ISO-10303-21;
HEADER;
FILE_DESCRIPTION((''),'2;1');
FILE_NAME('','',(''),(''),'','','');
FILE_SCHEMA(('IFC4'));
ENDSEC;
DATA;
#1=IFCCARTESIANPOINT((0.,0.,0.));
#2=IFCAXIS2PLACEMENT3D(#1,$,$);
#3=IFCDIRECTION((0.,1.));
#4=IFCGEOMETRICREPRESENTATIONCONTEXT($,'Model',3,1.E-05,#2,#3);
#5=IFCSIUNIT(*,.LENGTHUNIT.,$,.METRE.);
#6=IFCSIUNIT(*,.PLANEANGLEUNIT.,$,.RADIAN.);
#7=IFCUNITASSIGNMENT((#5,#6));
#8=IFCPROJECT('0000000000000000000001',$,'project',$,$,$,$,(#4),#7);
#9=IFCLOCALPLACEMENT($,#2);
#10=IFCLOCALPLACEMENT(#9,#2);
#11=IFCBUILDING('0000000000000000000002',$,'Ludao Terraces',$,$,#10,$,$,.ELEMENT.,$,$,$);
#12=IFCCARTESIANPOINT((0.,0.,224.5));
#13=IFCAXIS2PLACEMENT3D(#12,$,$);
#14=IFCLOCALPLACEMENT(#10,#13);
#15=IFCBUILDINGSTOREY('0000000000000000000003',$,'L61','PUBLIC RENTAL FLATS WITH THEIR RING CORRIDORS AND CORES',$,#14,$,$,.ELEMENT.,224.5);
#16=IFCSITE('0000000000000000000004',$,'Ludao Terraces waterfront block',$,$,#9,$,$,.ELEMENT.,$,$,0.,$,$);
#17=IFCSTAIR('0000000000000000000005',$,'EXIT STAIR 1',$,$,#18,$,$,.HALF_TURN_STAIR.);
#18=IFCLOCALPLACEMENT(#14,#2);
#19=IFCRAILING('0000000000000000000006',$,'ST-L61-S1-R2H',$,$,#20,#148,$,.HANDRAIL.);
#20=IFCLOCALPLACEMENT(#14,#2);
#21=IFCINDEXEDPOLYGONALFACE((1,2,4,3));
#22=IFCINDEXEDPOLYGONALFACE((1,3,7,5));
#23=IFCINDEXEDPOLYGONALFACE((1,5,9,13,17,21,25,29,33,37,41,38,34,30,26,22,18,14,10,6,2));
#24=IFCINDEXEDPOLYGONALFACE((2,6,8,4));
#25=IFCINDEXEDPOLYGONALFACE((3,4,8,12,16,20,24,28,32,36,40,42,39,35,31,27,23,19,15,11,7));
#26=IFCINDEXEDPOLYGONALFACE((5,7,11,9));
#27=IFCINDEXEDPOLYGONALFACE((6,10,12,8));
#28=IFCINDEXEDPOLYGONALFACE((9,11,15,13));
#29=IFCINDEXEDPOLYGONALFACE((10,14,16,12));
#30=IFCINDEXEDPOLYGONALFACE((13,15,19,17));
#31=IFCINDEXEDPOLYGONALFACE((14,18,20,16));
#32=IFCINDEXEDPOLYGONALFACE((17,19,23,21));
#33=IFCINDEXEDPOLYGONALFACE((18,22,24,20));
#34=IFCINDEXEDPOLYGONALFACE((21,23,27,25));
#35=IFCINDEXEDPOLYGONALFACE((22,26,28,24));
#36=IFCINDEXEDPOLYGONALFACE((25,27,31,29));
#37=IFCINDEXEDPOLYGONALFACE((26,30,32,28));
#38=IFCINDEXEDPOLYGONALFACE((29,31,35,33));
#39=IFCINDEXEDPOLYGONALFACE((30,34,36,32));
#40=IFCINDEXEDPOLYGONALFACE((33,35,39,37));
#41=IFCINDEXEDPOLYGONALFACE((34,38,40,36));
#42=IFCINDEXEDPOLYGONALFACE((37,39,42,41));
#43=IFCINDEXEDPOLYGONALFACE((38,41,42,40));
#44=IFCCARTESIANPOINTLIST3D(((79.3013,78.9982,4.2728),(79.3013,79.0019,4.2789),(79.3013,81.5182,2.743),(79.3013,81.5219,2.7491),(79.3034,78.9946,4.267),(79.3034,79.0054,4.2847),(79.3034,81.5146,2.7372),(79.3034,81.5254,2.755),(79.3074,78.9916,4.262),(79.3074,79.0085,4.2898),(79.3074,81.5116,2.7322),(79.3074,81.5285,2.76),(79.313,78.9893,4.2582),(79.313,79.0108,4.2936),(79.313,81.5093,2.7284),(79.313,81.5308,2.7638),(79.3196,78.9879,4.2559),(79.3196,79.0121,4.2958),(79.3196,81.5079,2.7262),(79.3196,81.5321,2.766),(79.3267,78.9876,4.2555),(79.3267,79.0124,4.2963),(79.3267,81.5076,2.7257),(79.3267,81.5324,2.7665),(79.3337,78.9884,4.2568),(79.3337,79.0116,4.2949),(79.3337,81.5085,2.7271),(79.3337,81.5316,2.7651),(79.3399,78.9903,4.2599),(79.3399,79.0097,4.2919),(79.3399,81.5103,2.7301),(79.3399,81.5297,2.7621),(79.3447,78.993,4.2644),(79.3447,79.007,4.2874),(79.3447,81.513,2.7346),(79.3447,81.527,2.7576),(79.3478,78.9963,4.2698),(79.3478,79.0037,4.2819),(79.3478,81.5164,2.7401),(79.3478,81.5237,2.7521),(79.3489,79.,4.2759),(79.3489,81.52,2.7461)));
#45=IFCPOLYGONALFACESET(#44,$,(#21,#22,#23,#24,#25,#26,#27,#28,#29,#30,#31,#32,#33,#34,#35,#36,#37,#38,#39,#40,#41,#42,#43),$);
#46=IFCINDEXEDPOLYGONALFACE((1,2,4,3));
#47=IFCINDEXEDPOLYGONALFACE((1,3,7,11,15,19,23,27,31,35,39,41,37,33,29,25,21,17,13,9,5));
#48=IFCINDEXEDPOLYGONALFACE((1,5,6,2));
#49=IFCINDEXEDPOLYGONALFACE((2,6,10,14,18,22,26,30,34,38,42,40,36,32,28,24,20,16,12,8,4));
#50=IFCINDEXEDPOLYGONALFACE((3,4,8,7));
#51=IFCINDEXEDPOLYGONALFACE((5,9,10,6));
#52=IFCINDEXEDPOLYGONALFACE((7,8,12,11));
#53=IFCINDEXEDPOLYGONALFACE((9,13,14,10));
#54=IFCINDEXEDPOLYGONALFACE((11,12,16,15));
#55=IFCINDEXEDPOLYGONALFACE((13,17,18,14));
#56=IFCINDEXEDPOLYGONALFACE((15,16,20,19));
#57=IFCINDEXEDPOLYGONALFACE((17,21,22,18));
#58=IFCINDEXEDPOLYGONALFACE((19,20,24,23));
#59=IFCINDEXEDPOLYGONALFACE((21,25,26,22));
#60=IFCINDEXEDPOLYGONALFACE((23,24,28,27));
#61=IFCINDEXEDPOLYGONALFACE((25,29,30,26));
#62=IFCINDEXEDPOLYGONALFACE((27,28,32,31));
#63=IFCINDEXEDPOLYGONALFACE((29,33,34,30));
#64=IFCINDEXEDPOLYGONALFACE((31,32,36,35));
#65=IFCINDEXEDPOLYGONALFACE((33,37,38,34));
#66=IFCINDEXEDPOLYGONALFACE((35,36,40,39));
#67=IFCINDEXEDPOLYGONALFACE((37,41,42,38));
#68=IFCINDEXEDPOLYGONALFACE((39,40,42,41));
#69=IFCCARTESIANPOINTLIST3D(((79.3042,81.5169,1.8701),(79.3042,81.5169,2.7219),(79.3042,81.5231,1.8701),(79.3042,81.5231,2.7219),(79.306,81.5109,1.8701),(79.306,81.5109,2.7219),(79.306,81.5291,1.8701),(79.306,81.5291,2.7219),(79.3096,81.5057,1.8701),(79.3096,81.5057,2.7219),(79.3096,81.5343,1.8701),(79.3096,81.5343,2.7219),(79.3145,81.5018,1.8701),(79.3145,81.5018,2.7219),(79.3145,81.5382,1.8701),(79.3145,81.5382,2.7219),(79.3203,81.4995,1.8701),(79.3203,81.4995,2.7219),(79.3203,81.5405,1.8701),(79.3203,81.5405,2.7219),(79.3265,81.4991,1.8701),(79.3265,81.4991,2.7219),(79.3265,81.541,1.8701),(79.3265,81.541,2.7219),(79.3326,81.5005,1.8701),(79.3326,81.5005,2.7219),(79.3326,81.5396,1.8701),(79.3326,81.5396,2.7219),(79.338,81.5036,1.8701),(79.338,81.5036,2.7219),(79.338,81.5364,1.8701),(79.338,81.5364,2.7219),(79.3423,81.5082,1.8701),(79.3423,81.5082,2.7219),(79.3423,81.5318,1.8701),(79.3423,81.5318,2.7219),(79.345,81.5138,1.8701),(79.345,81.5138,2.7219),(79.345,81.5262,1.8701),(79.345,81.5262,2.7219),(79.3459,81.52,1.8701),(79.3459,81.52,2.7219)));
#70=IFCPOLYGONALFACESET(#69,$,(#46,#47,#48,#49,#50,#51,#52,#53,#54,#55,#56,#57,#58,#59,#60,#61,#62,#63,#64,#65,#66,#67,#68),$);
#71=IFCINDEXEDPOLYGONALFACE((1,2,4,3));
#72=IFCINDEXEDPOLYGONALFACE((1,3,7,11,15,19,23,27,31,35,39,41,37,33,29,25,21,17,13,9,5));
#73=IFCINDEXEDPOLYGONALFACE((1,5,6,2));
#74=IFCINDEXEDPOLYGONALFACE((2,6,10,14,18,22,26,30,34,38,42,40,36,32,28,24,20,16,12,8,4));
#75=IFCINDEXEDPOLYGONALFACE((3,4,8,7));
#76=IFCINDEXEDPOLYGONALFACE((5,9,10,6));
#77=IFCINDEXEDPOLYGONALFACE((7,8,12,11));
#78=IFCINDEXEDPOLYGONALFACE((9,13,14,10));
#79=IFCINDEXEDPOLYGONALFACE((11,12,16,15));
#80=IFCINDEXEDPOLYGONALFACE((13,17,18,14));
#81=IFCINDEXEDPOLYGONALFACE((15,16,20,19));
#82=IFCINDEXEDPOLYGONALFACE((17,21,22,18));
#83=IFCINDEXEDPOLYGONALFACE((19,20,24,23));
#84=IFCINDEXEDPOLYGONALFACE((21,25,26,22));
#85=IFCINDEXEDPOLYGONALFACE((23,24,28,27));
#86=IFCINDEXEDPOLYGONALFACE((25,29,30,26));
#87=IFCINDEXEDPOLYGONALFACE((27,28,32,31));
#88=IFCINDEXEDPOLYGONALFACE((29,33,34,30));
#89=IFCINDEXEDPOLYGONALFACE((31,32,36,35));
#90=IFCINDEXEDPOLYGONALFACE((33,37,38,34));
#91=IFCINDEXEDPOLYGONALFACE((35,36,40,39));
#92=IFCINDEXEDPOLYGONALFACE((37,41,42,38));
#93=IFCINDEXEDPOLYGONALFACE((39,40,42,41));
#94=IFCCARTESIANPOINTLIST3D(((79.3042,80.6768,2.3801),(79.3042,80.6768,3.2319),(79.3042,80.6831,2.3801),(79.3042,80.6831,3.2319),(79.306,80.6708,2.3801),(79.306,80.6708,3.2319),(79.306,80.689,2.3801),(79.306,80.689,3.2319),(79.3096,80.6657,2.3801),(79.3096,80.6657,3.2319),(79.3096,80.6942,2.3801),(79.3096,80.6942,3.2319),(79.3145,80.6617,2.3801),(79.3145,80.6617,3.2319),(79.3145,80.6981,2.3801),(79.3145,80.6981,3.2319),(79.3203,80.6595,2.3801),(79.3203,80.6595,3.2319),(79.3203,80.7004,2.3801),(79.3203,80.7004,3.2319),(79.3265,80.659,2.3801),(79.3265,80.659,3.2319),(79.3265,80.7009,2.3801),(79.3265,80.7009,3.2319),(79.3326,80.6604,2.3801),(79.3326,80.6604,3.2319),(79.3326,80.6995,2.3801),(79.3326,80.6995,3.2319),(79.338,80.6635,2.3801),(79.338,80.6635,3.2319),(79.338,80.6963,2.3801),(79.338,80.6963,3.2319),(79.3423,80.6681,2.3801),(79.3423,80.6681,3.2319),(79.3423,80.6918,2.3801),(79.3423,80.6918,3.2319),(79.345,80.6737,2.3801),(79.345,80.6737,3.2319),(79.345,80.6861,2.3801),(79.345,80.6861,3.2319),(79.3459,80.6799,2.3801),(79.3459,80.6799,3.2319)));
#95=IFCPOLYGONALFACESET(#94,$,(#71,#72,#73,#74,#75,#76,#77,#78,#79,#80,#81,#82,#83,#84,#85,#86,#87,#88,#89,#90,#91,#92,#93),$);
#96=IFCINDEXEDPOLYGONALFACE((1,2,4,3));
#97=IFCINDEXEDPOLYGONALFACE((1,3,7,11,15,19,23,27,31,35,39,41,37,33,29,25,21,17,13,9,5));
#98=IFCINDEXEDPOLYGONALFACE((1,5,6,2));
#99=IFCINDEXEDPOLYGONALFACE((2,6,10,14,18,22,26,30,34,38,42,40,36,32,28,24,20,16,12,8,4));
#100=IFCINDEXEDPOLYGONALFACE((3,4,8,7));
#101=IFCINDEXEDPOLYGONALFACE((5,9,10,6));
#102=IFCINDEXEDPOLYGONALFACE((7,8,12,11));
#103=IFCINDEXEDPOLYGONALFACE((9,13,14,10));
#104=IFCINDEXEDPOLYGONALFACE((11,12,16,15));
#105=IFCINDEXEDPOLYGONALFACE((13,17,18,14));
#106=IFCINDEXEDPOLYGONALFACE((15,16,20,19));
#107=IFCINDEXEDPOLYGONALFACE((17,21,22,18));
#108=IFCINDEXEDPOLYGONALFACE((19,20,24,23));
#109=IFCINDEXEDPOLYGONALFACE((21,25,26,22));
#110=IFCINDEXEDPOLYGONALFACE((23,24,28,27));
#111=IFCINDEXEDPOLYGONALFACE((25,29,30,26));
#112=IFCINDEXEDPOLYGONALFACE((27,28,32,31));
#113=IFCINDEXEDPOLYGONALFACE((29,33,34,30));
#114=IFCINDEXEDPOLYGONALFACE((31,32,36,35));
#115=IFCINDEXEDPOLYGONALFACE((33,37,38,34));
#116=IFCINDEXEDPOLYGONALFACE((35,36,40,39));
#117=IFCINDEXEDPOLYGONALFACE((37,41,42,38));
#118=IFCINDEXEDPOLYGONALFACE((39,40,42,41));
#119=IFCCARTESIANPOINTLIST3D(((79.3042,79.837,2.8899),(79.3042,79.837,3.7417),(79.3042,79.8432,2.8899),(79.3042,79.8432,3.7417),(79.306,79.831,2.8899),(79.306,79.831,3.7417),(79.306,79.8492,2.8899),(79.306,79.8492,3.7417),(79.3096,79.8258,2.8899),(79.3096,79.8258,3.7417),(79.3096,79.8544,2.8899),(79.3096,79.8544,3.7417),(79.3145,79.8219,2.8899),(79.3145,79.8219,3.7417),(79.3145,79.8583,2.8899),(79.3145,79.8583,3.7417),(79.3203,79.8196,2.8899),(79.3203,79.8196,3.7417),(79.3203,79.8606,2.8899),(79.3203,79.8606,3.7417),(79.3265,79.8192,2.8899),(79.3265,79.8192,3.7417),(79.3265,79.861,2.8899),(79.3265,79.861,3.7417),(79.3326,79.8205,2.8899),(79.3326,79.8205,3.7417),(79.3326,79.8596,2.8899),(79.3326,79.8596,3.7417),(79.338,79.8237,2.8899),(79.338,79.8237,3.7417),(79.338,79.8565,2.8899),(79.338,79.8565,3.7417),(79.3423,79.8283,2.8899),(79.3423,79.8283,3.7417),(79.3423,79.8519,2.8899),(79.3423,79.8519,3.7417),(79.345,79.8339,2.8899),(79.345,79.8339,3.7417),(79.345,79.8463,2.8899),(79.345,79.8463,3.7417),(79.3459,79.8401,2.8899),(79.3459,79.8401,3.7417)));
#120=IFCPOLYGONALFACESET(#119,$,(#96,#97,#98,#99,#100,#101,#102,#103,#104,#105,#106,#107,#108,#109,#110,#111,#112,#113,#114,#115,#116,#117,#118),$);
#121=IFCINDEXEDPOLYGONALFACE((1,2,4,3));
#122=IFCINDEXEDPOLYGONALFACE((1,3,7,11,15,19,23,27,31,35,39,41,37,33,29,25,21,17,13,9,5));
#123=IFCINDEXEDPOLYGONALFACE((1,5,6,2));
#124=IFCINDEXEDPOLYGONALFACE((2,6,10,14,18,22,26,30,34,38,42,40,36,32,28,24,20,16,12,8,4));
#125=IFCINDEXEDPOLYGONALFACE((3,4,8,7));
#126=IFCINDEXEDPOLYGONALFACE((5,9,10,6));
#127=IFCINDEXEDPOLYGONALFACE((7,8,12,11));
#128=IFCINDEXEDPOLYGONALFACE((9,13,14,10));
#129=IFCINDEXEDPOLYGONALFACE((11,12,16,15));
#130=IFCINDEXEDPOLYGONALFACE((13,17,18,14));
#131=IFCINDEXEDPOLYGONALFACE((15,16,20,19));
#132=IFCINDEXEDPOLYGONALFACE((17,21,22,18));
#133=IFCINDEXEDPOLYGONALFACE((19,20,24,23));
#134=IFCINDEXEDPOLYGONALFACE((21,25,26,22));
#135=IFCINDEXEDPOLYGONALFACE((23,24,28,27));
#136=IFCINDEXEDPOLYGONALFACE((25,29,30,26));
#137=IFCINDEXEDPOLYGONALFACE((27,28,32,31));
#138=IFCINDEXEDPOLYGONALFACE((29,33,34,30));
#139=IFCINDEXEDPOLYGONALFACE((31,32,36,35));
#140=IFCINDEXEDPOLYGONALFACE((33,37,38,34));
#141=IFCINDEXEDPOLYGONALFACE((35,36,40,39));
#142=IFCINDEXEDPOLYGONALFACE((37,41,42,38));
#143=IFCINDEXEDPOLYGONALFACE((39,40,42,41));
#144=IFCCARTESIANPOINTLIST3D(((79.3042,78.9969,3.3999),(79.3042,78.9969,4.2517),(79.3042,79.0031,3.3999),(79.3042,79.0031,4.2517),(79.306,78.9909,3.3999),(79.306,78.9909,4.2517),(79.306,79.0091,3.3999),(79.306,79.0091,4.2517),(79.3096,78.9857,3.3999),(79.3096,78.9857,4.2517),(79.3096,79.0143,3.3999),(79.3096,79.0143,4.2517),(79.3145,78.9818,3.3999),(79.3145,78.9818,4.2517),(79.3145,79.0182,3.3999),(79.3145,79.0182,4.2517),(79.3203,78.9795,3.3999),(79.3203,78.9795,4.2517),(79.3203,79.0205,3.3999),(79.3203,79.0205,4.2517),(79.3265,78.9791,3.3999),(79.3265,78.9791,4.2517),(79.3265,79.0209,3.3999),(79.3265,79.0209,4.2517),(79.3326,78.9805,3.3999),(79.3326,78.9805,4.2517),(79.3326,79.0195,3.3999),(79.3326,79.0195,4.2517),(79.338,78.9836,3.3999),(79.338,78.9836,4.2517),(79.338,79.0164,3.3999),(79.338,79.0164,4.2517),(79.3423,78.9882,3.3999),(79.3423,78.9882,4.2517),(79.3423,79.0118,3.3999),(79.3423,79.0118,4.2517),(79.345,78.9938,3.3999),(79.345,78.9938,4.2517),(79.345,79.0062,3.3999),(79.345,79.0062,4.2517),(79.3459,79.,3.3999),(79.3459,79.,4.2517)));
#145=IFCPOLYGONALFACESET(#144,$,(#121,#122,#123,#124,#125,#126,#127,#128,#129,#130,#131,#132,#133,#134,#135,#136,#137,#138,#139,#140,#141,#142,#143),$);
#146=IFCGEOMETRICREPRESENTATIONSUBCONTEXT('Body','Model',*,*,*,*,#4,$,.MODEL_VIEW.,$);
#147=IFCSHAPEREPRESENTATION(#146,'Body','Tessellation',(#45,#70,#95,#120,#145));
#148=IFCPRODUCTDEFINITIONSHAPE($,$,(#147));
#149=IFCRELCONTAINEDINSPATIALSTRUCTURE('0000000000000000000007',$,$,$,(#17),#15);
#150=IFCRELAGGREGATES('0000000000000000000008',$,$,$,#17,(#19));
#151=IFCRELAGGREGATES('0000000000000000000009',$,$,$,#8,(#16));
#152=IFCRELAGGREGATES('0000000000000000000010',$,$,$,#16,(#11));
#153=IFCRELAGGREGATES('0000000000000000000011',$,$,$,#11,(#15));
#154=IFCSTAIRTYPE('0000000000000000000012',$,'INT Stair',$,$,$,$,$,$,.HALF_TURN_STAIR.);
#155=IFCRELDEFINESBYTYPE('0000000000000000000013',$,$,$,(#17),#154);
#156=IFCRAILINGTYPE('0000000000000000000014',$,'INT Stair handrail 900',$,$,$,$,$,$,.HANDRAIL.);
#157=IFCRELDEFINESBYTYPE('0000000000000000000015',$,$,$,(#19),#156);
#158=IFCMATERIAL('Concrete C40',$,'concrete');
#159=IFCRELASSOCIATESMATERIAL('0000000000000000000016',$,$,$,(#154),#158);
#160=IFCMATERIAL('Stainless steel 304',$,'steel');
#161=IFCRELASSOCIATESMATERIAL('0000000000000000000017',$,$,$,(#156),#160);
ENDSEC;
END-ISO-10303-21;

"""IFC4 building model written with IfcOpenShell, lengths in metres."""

from ifc_helpers import new_model, si_unit, direction, frame, origin, origin_2d, place, context, subcontext, project, spatial, circle, extrude, material, type_object, element, aggregate, save


model = new_model("IFC4")

# Units and contexts
model_context = context("Model", 3, precision=1e-05, world=origin(), true_north=direction((0.0, 1.0)))
body_context = subcontext(model_context, "Body", "Model", "MODEL_VIEW")
ifc_project = project(units=[si_unit("LENGTHUNIT", "METRE"), si_unit("PLANEANGLEUNIT", "RADIAN")], contexts=[model_context])

# Site, building, storey
site_placement = place(None, origin())
site = spatial("IfcSite", under=ifc_project, at=site_placement, Name="Ludao Terraces waterfront block", CompositionType="ELEMENT", RefElevation=0.0)
building_placement = place(site_placement, origin())
building = spatial("IfcBuilding", under=site, at=building_placement, Name="Ludao Terraces", CompositionType="ELEMENT")
storey_placement = place(building_placement, frame((0.0, 0.0, 224.5)))
storey = spatial("IfcBuildingStorey", under=building, at=storey_placement, Name="L61", Description="PUBLIC RENTAL FLATS WITH THEIR RING CORRIDORS AND CORES", CompositionType="ELEMENT", Elevation=224.5)

# Shared definitions
ifc_material_1 = material(Name="Concrete C40", Category="concrete")

# Stair, railing
stair_type = type_object("IfcStairType", Name="INT Stair", PredefinedType="HALF_TURN_STAIR", material=ifc_material_1)
stair_placement = place(storey_placement, origin())
stair = element("IfcStair", 1, at=stair_placement, inside=storey, type_object=stair_type, Name="EXIT STAIR 1", PredefinedType="HALF_TURN_STAIR")
ifc_material_2 = material(Name="Stainless steel 304", Category="steel")
railing_type_1 = type_object("IfcRailingType", Name="INT Stair handrail 900", PredefinedType="HANDRAIL", material=ifc_material_2)
railing_1_placement = place(storey_placement, frame((79.325, 81.52, 1.8701)))
railing_1 = element("IfcRailing", 2, at=railing_1_placement, type_object=railing_type_1, Name="ST-L61-S1-R2H", PredefinedType="HANDRAIL", context=body_context, shape_type="SweptSolid", body=[
    extrude(circle(Radius=0.0239, at=origin_2d()), frame((0.0, 0.0, 0.876), z_axis=(0.0, -0.854822, 0.518922), x_axis=(1.0, 0.0, 0.0)), (0.0, 0.0, 1.0), 2.948),
    extrude(circle(Radius=0.021, at=origin_2d()), origin(), (0.0, 0.0, 1.0), 0.8518),
    extrude(circle(Radius=0.021, at=origin_2d()), frame((0.0, -0.8401, 0.51)), (0.0, 0.0, 1.0), 0.8518),
    extrude(circle(Radius=0.021, at=origin_2d()), frame((0.0, -1.6799, 1.0198)), (0.0, 0.0, 1.0), 0.8518),
    extrude(circle(Radius=0.021, at=origin_2d()), frame((0.0, -2.52, 1.5298)), (0.0, 0.0, 1.0), 0.8518),
])
aggregate(stair, [railing_1])

save(model, "model.ifc")
